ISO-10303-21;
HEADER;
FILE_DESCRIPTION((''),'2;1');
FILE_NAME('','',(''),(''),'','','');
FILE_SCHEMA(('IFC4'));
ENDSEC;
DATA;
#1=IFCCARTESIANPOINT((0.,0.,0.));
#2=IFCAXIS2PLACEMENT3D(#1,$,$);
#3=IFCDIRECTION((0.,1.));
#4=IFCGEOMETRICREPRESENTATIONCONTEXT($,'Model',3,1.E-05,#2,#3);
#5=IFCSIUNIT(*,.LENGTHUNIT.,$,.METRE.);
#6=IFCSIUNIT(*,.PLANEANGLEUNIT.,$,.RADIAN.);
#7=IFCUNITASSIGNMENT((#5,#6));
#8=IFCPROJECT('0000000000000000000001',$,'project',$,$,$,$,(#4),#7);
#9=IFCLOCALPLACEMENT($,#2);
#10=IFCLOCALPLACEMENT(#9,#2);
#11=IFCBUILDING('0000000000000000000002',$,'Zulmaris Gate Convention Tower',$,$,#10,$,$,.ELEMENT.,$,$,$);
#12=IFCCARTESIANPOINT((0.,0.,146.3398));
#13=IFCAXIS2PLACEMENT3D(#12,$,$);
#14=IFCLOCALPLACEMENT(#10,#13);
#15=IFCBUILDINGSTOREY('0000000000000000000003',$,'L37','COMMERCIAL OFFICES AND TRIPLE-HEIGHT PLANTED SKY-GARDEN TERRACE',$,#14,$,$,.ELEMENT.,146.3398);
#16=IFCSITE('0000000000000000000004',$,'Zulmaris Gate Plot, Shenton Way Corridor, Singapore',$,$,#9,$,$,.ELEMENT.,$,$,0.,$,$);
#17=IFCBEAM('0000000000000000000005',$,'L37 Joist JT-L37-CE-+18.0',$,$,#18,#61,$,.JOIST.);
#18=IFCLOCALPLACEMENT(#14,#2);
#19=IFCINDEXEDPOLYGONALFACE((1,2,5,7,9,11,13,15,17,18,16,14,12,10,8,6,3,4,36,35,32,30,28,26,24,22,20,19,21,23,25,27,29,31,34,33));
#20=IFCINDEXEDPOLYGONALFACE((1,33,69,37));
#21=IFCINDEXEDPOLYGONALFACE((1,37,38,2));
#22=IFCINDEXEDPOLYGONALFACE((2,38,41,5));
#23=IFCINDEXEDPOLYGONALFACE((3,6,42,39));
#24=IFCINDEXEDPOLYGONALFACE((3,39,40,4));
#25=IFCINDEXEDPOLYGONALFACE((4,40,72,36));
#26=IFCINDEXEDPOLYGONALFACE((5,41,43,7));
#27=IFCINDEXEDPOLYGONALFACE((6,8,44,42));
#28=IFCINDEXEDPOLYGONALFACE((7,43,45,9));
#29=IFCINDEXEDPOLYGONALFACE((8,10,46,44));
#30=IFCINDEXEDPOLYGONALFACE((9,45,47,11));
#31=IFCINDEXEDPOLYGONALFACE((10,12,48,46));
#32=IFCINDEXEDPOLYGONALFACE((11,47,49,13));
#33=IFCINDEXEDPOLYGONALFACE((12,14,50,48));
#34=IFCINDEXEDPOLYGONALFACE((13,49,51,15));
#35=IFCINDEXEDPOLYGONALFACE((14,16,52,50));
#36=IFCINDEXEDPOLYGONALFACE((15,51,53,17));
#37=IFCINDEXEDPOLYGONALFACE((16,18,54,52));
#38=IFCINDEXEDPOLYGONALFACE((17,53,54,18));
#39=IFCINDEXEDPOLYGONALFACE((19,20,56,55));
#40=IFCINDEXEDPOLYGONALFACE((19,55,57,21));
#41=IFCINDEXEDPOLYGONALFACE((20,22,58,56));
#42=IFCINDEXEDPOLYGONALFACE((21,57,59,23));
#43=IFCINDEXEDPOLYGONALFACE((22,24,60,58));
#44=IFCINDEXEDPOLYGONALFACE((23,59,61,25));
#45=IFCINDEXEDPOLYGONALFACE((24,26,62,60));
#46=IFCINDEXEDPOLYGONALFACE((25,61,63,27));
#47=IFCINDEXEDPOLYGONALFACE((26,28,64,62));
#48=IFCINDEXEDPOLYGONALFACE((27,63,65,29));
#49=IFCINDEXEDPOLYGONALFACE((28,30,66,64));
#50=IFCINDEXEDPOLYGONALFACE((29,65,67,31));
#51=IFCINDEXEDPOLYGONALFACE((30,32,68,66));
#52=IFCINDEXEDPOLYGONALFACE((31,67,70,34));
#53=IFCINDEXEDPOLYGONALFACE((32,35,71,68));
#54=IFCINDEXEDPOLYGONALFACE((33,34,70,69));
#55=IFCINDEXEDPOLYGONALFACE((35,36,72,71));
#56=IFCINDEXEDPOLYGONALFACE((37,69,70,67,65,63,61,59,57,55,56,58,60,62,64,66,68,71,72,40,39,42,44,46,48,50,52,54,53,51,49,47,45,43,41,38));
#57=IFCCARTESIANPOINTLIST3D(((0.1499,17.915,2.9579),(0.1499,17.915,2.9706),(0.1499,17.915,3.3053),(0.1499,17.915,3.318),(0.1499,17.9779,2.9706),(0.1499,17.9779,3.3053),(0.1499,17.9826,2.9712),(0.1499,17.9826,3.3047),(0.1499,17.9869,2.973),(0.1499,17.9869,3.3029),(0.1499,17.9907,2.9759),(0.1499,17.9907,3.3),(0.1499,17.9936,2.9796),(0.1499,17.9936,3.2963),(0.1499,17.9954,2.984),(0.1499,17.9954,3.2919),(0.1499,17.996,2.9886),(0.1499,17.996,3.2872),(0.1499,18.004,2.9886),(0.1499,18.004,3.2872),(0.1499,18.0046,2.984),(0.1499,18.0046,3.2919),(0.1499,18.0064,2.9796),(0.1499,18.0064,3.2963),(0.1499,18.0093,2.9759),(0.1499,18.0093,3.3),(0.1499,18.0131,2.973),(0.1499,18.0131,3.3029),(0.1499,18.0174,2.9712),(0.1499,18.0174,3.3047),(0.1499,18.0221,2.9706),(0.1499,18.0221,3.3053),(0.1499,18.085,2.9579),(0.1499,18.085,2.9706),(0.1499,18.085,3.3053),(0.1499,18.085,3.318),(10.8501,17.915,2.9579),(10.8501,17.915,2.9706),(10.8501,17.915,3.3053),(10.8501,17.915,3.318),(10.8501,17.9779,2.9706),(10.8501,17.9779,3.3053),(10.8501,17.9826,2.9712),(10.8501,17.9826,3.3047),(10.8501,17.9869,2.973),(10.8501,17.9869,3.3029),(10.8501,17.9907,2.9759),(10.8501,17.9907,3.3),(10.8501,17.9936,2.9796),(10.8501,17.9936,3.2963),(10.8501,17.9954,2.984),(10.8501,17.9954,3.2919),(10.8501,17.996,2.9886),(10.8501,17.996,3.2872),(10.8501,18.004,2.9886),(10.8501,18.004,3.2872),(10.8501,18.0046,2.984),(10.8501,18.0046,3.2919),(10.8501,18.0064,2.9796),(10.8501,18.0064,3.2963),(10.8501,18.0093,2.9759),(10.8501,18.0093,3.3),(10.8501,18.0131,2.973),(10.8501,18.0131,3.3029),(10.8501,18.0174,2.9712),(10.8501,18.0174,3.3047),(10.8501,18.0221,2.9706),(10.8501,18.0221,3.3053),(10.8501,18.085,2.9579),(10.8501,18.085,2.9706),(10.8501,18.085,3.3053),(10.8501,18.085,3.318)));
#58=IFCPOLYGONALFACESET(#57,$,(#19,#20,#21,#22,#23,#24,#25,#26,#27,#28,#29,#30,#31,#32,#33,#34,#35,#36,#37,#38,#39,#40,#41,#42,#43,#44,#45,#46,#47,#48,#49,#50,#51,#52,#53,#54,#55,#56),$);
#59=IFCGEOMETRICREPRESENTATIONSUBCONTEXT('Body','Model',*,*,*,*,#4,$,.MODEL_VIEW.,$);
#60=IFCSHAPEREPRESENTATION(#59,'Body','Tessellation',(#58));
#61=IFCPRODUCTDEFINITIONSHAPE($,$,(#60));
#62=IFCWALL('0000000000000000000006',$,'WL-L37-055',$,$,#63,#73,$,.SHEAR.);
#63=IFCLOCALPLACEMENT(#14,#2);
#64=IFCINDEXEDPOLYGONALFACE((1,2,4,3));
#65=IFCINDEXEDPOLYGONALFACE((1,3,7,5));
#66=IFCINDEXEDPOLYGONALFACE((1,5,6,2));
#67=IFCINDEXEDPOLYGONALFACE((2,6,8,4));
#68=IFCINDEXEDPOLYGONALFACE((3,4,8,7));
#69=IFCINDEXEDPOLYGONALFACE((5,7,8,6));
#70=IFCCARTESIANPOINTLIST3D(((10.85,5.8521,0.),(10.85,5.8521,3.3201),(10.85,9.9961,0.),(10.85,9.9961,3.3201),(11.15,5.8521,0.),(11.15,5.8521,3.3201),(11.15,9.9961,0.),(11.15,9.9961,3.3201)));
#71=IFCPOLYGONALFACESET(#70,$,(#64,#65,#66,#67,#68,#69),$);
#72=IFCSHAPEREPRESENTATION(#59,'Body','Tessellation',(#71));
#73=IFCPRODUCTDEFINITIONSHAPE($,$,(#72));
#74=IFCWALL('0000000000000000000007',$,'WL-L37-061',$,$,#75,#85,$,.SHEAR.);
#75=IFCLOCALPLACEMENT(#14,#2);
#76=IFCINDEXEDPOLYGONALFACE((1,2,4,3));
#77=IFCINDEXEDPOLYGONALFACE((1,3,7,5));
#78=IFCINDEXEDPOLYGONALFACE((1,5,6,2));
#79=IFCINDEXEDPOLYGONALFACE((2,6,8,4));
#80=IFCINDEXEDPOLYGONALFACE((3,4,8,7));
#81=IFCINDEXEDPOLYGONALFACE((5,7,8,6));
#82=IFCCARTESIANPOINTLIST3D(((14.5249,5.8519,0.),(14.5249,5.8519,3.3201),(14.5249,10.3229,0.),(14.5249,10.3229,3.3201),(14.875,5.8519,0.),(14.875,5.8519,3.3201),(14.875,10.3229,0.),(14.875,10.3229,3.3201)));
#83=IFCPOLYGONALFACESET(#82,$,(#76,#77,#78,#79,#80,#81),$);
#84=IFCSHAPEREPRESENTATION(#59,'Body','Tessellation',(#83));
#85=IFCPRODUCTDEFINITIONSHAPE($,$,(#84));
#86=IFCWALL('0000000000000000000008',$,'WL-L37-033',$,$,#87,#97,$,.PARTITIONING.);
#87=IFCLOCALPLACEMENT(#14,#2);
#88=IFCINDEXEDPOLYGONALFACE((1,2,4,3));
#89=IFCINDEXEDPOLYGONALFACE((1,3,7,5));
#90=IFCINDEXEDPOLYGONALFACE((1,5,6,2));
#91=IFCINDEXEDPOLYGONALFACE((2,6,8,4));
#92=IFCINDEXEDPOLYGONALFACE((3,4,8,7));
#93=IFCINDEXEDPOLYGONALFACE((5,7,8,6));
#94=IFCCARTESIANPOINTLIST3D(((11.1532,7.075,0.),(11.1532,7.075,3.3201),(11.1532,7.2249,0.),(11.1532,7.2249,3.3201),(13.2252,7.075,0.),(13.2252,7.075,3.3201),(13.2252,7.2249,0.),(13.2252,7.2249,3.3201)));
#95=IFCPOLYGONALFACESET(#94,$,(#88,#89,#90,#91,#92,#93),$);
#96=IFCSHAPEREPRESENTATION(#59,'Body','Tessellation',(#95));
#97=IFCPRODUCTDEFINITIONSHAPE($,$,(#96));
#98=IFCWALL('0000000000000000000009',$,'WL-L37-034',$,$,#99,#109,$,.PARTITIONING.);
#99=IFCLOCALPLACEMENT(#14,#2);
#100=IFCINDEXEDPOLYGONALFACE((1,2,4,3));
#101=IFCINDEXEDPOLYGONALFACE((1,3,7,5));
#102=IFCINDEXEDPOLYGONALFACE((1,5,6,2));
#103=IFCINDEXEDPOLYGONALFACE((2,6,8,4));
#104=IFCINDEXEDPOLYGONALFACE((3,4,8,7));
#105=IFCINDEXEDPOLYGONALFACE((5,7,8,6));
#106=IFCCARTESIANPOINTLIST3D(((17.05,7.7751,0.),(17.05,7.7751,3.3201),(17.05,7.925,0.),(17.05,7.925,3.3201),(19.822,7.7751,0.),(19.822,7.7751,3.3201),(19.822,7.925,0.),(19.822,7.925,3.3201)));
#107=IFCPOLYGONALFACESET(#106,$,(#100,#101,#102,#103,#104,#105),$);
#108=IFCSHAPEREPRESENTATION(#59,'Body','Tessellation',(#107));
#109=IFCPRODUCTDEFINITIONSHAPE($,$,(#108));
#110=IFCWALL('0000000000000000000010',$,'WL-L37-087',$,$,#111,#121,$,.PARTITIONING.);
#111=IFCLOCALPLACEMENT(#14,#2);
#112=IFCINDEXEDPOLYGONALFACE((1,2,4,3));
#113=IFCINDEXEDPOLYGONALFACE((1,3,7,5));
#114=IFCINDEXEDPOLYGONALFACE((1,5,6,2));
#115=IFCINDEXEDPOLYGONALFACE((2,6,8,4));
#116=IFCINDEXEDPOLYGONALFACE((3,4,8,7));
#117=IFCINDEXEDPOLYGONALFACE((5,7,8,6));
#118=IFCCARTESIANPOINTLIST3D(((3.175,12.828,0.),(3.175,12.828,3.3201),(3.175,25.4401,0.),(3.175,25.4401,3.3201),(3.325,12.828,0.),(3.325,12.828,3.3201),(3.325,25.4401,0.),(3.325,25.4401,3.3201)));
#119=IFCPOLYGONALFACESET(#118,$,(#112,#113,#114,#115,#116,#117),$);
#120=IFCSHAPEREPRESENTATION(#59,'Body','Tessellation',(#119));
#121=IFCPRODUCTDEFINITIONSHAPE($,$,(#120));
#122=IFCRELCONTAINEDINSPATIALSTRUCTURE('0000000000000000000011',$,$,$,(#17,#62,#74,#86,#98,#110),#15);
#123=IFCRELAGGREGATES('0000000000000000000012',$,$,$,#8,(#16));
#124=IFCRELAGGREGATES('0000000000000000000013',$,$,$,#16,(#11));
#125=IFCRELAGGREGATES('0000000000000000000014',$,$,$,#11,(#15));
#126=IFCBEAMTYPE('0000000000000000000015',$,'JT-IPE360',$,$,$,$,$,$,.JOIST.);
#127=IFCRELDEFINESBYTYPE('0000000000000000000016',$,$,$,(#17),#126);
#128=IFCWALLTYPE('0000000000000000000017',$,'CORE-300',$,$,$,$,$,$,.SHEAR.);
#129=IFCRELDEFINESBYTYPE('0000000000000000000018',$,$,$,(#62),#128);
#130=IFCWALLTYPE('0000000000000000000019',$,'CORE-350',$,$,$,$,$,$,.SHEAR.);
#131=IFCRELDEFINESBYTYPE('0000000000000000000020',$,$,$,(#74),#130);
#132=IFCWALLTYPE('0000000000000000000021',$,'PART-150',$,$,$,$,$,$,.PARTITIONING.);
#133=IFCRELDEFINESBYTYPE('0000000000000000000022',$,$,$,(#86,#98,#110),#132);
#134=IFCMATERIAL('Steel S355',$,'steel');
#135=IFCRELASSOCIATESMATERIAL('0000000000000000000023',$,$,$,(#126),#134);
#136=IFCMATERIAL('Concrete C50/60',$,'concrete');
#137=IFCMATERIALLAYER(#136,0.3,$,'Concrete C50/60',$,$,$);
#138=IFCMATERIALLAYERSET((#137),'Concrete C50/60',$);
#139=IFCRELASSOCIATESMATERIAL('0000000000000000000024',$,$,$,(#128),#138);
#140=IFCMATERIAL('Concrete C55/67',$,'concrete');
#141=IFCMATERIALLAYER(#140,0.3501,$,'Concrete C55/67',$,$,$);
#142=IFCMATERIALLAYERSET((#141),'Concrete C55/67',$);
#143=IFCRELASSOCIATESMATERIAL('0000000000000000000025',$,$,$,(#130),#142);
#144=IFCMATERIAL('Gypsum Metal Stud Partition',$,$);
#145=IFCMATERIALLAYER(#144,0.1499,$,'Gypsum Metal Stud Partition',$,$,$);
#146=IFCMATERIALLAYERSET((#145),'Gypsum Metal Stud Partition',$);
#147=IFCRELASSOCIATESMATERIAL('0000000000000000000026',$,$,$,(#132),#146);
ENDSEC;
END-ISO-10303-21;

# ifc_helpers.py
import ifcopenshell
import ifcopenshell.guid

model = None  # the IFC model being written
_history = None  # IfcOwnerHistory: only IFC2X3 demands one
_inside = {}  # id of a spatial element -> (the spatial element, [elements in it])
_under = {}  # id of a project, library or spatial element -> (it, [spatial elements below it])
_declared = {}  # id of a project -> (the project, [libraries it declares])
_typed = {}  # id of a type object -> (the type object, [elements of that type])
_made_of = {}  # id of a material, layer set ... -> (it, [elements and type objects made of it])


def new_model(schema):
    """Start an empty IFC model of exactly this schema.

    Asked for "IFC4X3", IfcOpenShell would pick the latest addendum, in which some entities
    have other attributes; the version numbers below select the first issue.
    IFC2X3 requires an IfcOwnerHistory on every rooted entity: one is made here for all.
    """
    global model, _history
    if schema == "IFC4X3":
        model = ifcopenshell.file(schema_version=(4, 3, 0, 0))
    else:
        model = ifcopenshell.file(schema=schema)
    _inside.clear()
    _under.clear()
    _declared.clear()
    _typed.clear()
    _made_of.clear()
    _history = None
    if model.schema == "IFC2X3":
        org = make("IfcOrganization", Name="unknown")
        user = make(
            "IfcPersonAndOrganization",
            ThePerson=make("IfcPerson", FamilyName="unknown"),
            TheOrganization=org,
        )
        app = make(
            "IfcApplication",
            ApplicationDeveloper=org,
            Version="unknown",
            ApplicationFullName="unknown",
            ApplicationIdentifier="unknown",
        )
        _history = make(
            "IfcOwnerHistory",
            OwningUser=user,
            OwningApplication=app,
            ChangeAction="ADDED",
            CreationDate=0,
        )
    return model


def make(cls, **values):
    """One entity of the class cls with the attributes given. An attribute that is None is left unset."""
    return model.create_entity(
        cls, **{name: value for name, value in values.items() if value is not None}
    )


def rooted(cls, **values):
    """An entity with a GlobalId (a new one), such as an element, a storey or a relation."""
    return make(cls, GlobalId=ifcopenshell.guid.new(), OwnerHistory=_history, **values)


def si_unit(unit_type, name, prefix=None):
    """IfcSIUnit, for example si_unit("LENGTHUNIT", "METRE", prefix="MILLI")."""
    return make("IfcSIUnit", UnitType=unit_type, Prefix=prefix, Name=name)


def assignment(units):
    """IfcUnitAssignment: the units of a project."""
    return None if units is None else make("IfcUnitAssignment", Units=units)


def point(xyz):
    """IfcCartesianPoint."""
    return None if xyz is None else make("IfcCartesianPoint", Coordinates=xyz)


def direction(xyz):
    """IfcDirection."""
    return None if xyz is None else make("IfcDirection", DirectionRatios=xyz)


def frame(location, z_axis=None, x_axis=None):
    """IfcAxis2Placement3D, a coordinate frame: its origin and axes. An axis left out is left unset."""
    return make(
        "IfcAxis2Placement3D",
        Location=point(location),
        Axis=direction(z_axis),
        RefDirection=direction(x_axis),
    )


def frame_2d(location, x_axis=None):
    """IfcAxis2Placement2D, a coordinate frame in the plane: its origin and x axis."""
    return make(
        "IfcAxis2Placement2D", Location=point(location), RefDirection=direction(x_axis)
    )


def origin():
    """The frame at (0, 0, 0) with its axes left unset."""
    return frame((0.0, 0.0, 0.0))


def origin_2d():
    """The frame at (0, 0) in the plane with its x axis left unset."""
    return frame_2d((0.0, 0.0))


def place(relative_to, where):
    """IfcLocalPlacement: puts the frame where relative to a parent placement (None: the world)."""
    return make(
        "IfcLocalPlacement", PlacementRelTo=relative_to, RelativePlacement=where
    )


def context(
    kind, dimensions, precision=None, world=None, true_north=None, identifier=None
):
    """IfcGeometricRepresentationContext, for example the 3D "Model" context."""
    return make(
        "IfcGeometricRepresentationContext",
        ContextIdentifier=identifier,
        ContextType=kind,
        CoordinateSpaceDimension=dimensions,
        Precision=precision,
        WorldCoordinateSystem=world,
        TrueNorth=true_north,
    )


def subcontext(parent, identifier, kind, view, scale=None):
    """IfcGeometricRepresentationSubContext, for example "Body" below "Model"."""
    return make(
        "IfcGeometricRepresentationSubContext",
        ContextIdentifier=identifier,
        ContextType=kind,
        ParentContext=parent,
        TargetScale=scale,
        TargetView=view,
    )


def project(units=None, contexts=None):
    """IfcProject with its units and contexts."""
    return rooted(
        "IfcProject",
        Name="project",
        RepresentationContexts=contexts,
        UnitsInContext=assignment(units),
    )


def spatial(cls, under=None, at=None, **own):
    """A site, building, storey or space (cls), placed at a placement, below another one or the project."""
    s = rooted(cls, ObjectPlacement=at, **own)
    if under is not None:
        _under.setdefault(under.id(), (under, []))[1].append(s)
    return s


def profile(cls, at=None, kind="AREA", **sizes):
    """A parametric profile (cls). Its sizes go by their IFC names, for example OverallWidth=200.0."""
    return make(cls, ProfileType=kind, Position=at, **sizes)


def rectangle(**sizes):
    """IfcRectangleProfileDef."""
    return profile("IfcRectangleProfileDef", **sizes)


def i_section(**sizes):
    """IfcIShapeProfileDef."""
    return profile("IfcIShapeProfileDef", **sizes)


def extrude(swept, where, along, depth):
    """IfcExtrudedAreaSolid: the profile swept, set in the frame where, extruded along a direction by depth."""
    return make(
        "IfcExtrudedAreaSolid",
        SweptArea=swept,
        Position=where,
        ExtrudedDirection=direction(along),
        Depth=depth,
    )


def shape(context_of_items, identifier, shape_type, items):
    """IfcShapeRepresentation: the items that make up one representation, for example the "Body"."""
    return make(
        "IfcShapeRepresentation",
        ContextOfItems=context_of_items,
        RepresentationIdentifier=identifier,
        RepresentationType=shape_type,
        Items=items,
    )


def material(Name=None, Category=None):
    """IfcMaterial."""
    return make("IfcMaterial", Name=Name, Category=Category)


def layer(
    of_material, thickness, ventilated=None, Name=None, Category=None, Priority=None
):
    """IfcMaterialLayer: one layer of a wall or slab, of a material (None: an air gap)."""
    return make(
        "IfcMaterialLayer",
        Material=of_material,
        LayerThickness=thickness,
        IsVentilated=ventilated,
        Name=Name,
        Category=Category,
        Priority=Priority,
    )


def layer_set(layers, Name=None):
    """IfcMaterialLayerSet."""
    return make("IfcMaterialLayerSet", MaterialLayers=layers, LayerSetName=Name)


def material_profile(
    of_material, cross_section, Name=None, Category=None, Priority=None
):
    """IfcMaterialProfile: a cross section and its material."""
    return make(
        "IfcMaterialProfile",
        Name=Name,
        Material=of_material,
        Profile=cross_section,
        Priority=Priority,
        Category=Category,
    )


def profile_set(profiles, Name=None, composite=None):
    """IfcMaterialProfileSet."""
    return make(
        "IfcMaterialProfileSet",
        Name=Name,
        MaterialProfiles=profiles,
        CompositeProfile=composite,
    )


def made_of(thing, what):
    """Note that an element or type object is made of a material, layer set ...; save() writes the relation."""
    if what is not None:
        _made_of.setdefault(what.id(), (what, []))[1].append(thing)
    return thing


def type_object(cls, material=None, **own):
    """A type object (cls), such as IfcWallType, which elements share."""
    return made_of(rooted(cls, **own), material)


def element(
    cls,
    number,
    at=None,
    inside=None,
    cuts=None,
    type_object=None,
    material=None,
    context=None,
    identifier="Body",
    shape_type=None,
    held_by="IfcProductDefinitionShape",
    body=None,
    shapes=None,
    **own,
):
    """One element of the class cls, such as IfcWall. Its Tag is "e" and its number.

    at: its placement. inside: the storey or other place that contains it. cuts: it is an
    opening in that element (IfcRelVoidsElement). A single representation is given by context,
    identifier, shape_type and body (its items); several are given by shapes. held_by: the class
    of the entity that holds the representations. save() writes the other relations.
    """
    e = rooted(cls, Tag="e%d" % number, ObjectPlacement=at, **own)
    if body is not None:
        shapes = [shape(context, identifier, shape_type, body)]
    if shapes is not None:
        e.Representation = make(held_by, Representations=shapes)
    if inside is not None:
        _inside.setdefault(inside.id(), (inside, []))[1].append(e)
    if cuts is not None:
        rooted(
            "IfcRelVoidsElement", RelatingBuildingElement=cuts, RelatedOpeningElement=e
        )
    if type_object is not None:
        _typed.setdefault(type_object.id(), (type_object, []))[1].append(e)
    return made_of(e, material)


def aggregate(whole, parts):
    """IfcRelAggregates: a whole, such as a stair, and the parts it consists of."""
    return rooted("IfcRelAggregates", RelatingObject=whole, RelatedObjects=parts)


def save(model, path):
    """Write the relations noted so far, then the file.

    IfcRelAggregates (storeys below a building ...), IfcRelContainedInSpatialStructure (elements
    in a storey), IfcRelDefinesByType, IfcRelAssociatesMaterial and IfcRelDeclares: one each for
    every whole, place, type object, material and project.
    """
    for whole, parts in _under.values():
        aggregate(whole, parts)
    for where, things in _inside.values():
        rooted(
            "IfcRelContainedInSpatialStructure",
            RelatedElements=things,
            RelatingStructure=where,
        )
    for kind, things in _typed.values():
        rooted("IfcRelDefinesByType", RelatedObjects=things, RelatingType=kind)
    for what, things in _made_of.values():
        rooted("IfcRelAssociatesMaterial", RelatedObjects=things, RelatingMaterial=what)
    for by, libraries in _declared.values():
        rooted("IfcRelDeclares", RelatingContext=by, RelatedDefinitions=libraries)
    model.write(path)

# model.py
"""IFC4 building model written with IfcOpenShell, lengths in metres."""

from ifc_helpers import new_model, si_unit, direction, frame, frame_2d, origin, origin_2d, place, context, subcontext, project, spatial, rectangle, i_section, extrude, material, layer, layer_set, material_profile, profile_set, type_object, element, save


model = new_model("IFC4")

# Units and contexts
model_context = context("Model", 3, precision=1e-05, world=origin(), true_north=direction((0.0, 1.0)))
body_context = subcontext(model_context, "Body", "Model", "MODEL_VIEW")
ifc_project = project(units=[si_unit("LENGTHUNIT", "METRE"), si_unit("PLANEANGLEUNIT", "RADIAN")], contexts=[model_context])

# Site, building, storey
site_placement = place(None, origin())
site = spatial("IfcSite", under=ifc_project, at=site_placement, Name="Zulmaris Gate Plot, Shenton Way Corridor, Singapore", CompositionType="ELEMENT", RefElevation=0.0)
building_placement = place(site_placement, origin())
building = spatial("IfcBuilding", under=site, at=building_placement, Name="Zulmaris Gate Convention Tower", CompositionType="ELEMENT")
storey_placement = place(building_placement, frame((0.0, 0.0, 146.3398)))
storey = spatial("IfcBuildingStorey", under=building, at=storey_placement, Name="L37", Description="COMMERCIAL OFFICES AND TRIPLE-HEIGHT PLANTED SKY-GARDEN TERRACE", CompositionType="ELEMENT", Elevation=146.3398)

# Beam
ifc_material_1 = material(Name="Steel S355", Category="steel")
ifc_material_profile_1 = material_profile(ifc_material_1, i_section(OverallWidth=0.1699, OverallDepth=0.3601, WebThickness=0.0081, FlangeThickness=0.0127, FilletRadius=0.0181, at=origin_2d()), Name="IPE 360")
ifc_profile_set_1 = profile_set([ifc_material_profile_1], Name="Steel S355")
beam_type_1 = type_object("IfcBeamType", Name="JT-IPE360", PredefinedType="JOIST", material=ifc_profile_set_1)
for number, where, z_axis, x_axis, name in (
    (1, (0.1499, 18.0, 3.1379), (1.0, 0.0, 0.0), (0.0, 1.0, 0.0), "L37 Joist JT-L37-CE-+18.0"),
):
    element("IfcBeam", number, at=place(storey_placement, frame(where, z_axis=z_axis, x_axis=x_axis)), inside=storey, type_object=beam_type_1, Name=name, PredefinedType="JOIST", context=body_context, shape_type="SweptSolid", body=[
        extrude(i_section(OverallWidth=0.1699, OverallDepth=0.3601, WebThickness=0.0081, FlangeThickness=0.0127, FilletRadius=0.0181, at=origin_2d()), origin(), (0.0, 0.0, 1.0), 10.7002),
    ])

# Shared definitions
ifc_material_2 = material(Name="Concrete C50/60", Category="concrete")
ifc_layer_1 = layer(ifc_material_2, 0.3, Name="Concrete C50/60")
ifc_layer_set_1 = layer_set([ifc_layer_1], Name="Concrete C50/60")
wall_type_1 = type_object("IfcWallType", Name="CORE-300", PredefinedType="SHEAR", material=ifc_layer_set_1)

# Wall
wall_1_placement = place(storey_placement, frame((11.0, 5.8521, 0.0), z_axis=(0.0, 0.0, 1.0), x_axis=(0.0, 1.0, 0.0)))
element("IfcWall", 2, at=wall_1_placement, inside=storey, type_object=wall_type_1, Name="WL-L37-055", PredefinedType="SHEAR", context=body_context, shape_type="SweptSolid", body=[
    extrude(rectangle(XDim=4.144, YDim=0.3, at=frame_2d((2.072, 0.0))), origin(), (0.0, 0.0, 1.0), 3.3201),
])

# Shared definitions
ifc_material_3 = material(Name="Concrete C55/67", Category="concrete")
ifc_layer_2 = layer(ifc_material_3, 0.3501, Name="Concrete C55/67")
ifc_layer_set_2 = layer_set([ifc_layer_2], Name="Concrete C55/67")
wall_type_2 = type_object("IfcWallType", Name="CORE-350", PredefinedType="SHEAR", material=ifc_layer_set_2)

# Walls
wall_2_placement = place(storey_placement, frame((14.7, 5.8521, 0.0), z_axis=(0.0, 0.0, 1.0), x_axis=(0.0, 1.0, 0.0)))
element("IfcWall", 3, at=wall_2_placement, inside=storey, type_object=wall_type_2, Name="WL-L37-061", PredefinedType="SHEAR", context=body_context, shape_type="SweptSolid", body=[
    extrude(rectangle(XDim=4.4709, YDim=0.3501, at=frame_2d((2.2354, 0.0))), origin(), (0.0, 0.0, 1.0), 3.3201),
])
ifc_material_4 = material(Name="Gypsum Metal Stud Partition")
ifc_layer_3 = layer(ifc_material_4, 0.1499, Name="Gypsum Metal Stud Partition")
ifc_layer_set_3 = layer_set([ifc_layer_3], Name="Gypsum Metal Stud Partition")
wall_type_3 = type_object("IfcWallType", Name="PART-150", PredefinedType="PARTITIONING", material=ifc_layer_set_3)
wall_3_placement = place(storey_placement, frame((11.1531, 7.1499, 0.0), z_axis=(0.0, 0.0, 1.0), x_axis=(1.0, 0.0, 0.0)))
element("IfcWall", 4, at=wall_3_placement, inside=storey, type_object=wall_type_3, Name="WL-L37-033", PredefinedType="PARTITIONING", context=body_context, shape_type="SweptSolid", body=[
    extrude(rectangle(XDim=2.072, YDim=0.1499, at=frame_2d((1.0361, 0.0))), origin(), (0.0, 0.0, 1.0), 3.3201),
])
wall_4_placement = place(storey_placement, frame((17.05, 7.8501, 0.0), z_axis=(0.0, 0.0, 1.0), x_axis=(1.0, 0.0, 0.0)))
element("IfcWall", 5, at=wall_4_placement, inside=storey, type_object=wall_type_3, Name="WL-L37-034", PredefinedType="PARTITIONING", context=body_context, shape_type="SweptSolid", body=[
    extrude(rectangle(XDim=2.772, YDim=0.1499, at=frame_2d((1.386, 0.0))), origin(), (0.0, 0.0, 1.0), 3.3201),
])
wall_5_placement = place(storey_placement, frame((3.25, 12.8279, 0.0), z_axis=(0.0, 0.0, 1.0), x_axis=(0.0, 1.0, 0.0)))
element("IfcWall", 6, at=wall_5_placement, inside=storey, type_object=wall_type_3, Name="WL-L37-087", PredefinedType="PARTITIONING", context=body_context, shape_type="SweptSolid", body=[
    extrude(rectangle(XDim=12.6121, YDim=0.1499, at=frame_2d((6.3062, 0.0))), origin(), (0.0, 0.0, 1.0), 3.3201),
])

save(model, "model.ifc")
